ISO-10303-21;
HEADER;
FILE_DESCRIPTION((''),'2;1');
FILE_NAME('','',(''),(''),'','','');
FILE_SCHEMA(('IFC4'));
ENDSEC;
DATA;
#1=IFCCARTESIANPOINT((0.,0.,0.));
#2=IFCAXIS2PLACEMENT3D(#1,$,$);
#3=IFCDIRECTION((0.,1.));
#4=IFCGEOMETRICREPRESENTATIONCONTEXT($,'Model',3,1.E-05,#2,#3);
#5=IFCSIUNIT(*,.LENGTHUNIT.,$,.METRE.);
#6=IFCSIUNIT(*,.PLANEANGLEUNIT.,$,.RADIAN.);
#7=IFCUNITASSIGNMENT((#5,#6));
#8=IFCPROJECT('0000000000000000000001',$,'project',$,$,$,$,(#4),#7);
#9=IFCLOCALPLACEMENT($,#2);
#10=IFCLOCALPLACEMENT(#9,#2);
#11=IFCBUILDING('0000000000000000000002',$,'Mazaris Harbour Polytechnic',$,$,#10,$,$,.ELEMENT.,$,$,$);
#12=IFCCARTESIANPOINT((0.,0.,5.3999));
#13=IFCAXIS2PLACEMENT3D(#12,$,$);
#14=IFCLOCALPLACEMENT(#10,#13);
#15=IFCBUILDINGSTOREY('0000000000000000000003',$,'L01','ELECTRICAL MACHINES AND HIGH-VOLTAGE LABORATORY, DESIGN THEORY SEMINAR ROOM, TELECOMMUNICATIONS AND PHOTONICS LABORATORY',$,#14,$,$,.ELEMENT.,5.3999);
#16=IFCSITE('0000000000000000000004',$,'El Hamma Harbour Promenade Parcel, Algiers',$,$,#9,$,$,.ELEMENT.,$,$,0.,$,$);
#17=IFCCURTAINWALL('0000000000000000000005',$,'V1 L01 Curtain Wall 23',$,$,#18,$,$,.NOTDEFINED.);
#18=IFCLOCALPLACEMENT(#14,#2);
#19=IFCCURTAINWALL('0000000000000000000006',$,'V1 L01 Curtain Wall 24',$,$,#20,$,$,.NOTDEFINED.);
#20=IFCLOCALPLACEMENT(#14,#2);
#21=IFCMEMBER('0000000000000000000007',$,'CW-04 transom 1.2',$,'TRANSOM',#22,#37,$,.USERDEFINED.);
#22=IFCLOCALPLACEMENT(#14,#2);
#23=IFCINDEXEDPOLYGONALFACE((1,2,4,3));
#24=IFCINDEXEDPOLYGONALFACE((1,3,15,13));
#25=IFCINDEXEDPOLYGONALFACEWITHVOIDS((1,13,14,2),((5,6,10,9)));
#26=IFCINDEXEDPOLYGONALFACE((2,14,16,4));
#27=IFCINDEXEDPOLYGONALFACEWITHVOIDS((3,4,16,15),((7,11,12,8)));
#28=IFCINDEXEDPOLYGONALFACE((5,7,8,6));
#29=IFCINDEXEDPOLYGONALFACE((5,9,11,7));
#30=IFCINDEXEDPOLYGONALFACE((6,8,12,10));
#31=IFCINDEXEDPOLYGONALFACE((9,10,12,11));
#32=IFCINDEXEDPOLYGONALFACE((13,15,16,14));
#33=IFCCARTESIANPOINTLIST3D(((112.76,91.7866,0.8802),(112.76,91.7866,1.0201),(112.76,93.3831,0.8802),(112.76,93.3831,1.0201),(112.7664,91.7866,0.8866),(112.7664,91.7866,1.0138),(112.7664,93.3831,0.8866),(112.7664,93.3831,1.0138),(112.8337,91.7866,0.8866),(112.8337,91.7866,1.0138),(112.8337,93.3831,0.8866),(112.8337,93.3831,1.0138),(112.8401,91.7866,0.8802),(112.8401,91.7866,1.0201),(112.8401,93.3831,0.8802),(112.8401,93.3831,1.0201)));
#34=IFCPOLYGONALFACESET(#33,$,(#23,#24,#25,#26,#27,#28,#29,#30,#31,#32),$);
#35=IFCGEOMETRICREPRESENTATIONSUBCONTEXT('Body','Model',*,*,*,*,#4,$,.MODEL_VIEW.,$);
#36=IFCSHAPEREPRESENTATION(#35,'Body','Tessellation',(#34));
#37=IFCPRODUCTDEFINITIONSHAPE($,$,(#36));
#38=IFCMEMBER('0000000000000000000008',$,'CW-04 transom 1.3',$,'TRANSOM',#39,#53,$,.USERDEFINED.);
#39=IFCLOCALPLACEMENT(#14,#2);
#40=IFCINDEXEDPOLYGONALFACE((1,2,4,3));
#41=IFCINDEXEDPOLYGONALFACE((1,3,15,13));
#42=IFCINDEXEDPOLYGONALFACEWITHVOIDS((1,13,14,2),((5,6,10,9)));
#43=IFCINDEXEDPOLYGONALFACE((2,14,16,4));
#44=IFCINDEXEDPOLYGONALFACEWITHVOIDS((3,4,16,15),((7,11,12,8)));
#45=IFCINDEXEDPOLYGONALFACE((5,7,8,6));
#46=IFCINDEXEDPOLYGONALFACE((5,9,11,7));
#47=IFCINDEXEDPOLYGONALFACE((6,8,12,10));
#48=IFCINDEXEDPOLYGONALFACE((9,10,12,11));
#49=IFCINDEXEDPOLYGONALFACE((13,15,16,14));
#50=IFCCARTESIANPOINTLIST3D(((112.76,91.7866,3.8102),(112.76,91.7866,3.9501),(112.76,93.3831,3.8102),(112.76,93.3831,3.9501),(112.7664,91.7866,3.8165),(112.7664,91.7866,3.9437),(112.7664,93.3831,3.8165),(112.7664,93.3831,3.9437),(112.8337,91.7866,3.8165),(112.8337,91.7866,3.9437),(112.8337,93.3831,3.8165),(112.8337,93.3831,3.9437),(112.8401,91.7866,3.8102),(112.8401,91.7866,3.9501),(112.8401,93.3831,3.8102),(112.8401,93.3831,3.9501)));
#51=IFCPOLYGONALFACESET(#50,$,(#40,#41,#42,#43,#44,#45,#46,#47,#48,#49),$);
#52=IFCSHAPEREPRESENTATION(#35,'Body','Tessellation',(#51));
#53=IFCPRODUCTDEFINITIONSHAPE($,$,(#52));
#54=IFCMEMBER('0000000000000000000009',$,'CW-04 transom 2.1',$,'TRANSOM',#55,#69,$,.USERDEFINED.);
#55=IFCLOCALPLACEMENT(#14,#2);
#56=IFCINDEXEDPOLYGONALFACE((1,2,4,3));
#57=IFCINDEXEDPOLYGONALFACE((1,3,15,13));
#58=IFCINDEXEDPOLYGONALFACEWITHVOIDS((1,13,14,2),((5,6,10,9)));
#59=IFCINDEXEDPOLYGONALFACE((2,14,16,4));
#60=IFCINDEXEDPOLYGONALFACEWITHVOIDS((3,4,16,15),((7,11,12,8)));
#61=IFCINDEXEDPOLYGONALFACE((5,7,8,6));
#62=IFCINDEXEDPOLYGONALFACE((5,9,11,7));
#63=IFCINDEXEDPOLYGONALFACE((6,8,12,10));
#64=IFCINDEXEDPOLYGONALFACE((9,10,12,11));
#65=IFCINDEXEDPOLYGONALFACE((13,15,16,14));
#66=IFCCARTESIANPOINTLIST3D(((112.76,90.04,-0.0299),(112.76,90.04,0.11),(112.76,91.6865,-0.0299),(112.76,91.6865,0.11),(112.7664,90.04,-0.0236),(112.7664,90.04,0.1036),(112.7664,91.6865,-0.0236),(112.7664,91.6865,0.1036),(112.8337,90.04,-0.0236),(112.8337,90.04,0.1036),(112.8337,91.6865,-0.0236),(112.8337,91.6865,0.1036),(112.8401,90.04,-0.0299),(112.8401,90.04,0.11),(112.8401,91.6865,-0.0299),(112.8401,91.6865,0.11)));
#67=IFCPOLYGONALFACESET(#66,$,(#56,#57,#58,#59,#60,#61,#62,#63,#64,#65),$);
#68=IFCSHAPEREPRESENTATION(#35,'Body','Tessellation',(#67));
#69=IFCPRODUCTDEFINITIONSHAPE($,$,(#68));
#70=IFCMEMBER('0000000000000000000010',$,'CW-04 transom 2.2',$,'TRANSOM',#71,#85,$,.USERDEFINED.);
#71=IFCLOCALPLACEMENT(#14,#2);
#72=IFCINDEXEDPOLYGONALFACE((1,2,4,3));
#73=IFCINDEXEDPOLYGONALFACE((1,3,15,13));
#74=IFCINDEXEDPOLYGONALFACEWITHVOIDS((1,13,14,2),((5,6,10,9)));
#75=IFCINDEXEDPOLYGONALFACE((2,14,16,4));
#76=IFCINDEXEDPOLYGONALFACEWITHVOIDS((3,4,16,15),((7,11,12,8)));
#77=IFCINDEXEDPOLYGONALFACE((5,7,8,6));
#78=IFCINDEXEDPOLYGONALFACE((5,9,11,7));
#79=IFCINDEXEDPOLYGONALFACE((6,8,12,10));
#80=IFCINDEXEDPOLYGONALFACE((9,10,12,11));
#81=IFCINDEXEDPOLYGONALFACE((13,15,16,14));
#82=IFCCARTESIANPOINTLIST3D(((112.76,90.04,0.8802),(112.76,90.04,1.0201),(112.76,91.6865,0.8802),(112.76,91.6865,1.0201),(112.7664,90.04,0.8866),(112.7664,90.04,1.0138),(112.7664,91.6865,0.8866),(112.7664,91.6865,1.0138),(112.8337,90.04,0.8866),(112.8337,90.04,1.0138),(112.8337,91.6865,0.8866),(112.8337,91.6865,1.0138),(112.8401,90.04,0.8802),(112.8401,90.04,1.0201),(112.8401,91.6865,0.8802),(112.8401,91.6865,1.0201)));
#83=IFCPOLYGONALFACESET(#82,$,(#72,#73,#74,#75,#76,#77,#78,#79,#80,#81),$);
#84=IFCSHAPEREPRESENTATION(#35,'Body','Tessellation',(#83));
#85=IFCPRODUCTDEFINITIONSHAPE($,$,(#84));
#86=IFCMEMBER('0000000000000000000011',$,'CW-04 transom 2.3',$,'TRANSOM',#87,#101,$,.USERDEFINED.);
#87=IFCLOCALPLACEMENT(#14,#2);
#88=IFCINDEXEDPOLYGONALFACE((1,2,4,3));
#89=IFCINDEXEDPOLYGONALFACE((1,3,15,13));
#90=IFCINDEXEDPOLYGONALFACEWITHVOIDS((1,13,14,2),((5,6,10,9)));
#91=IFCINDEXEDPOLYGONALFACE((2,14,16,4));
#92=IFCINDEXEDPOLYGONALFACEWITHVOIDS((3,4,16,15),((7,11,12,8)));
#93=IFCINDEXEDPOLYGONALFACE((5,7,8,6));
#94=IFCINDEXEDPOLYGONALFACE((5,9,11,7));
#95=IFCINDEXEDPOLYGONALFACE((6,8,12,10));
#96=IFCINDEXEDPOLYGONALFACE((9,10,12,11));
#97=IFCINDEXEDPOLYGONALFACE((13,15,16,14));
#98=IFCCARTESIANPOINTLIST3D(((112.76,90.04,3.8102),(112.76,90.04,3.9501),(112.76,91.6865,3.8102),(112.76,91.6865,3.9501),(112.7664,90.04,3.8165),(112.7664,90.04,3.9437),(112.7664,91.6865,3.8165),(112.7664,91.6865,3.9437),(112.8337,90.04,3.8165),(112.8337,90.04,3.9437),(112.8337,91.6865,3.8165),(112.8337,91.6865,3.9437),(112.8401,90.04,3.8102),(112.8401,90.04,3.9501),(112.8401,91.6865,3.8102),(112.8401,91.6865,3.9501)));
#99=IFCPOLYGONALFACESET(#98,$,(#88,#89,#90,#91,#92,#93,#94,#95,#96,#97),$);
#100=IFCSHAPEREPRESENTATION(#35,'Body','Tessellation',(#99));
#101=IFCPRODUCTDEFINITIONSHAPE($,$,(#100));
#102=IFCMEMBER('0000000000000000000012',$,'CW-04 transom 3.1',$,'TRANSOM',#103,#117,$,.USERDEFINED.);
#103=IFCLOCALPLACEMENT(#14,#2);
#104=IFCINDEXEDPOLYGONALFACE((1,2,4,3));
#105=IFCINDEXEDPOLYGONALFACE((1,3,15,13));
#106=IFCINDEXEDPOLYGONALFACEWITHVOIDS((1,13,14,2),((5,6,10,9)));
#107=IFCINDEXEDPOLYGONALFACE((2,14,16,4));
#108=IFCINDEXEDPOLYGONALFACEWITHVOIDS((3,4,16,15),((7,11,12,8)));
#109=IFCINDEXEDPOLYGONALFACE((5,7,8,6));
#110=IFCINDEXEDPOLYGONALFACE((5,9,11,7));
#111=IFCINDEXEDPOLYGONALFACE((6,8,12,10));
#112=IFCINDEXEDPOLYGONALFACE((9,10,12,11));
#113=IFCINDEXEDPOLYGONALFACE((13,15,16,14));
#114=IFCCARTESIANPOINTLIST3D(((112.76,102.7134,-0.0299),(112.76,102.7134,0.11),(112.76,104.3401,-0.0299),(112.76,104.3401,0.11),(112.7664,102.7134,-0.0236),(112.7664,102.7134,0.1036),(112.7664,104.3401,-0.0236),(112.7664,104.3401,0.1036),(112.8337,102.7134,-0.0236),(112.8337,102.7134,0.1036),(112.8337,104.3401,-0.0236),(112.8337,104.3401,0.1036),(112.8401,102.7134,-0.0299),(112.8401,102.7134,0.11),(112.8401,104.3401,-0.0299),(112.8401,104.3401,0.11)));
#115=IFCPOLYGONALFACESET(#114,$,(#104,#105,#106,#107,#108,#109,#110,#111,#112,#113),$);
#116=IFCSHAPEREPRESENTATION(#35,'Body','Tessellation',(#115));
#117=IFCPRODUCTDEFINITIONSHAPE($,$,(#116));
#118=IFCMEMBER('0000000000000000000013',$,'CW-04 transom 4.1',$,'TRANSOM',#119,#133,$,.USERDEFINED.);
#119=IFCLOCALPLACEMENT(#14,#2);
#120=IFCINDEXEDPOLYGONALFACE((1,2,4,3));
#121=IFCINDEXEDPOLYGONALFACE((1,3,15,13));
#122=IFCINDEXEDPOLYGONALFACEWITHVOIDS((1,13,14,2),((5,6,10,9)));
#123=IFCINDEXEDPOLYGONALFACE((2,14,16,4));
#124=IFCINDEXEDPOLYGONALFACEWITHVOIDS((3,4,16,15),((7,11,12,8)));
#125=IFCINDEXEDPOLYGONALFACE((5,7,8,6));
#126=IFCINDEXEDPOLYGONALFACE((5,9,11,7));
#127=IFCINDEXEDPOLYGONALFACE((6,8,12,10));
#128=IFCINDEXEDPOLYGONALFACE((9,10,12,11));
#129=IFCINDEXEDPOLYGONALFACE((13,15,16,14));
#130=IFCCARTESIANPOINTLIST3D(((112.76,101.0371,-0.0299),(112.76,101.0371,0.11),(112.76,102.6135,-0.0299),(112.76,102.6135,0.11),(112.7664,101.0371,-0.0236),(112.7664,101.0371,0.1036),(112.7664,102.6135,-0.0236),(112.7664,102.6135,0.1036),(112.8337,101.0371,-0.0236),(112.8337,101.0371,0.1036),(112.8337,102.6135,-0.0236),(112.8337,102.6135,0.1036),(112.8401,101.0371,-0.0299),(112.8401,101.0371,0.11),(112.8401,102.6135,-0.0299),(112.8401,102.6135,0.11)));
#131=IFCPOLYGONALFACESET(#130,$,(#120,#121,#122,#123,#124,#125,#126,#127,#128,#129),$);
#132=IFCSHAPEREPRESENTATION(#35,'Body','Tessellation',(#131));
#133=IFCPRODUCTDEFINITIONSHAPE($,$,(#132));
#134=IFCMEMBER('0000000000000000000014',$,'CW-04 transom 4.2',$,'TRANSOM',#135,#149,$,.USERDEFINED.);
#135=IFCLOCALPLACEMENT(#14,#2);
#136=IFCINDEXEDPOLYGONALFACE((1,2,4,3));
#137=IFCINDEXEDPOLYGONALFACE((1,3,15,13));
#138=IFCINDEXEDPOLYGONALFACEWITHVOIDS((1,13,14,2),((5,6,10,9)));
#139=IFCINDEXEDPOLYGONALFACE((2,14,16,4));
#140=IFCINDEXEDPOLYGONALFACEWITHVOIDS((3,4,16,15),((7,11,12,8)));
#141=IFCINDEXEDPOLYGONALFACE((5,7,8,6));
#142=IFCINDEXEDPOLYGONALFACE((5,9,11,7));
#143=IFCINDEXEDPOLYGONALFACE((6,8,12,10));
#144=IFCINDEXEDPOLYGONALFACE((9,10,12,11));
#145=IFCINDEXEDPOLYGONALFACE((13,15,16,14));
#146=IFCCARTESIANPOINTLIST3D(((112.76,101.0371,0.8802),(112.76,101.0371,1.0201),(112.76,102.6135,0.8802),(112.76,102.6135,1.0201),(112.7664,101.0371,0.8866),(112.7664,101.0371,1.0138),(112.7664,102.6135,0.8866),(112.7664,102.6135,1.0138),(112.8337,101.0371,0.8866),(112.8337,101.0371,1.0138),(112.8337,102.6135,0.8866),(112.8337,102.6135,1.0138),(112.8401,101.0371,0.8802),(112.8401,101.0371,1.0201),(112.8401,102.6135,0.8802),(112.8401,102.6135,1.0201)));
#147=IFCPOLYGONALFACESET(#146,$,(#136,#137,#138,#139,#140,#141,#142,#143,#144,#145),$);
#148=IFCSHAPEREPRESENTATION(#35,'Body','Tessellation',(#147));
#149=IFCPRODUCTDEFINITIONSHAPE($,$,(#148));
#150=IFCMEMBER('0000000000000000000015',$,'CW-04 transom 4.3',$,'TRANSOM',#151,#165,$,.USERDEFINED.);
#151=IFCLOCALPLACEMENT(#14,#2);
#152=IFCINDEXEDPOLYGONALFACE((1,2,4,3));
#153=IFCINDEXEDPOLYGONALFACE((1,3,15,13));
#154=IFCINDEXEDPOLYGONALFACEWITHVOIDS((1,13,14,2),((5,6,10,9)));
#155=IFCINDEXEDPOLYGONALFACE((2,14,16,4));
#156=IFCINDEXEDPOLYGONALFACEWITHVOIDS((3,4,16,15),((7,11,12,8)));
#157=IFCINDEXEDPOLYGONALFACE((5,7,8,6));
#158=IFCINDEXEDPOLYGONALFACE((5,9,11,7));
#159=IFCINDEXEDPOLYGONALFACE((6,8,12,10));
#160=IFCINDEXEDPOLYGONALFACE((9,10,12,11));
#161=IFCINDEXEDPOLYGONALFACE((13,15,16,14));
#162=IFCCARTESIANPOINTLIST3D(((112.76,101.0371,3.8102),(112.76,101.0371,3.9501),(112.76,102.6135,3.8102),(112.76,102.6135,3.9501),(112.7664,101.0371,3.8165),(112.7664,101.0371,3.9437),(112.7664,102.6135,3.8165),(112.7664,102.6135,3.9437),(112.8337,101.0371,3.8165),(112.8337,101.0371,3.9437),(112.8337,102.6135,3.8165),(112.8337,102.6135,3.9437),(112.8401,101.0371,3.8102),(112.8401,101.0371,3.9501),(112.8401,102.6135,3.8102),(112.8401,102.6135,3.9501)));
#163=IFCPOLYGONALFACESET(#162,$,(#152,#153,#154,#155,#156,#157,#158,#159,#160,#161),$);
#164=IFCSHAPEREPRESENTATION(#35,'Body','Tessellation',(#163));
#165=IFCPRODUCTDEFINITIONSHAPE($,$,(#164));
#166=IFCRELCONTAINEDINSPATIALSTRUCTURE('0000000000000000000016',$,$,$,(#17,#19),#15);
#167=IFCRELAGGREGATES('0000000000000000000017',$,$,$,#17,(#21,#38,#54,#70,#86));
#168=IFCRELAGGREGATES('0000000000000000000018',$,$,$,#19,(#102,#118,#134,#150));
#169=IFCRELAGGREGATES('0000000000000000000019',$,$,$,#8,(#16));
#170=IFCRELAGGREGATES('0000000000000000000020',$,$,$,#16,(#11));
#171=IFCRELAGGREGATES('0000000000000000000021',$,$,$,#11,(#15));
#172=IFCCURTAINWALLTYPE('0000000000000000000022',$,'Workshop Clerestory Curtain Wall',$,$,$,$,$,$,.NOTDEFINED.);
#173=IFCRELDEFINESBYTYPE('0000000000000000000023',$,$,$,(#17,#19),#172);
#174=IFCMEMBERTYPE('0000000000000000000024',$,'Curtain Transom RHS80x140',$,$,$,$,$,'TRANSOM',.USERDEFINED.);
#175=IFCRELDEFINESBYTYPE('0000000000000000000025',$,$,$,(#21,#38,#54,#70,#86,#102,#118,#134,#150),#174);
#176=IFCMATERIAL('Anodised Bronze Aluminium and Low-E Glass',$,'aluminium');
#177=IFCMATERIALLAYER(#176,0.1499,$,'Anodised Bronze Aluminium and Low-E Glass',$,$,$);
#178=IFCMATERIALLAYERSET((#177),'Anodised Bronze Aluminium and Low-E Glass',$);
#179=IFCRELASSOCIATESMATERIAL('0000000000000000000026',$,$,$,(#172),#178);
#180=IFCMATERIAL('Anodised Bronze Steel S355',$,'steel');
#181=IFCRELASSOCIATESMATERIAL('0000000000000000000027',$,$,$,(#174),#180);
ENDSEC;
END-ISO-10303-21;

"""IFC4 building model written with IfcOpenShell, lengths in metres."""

from ifc_helpers import new_model, si_unit, direction, frame, origin, origin_2d, place, context, subcontext, project, spatial, hollow_rectangle, extrude, material, layer, layer_set, material_profile, profile_set, type_object, element, aggregate, save


model = new_model("IFC4")

# Units and contexts
model_context = context("Model", 3, precision=1e-05, world=origin(), true_north=direction((0.0, 1.0)))
body_context = subcontext(model_context, "Body", "Model", "MODEL_VIEW")
ifc_project = project(units=[si_unit("LENGTHUNIT", "METRE"), si_unit("PLANEANGLEUNIT", "RADIAN")], contexts=[model_context])

# Site, building, storey
site_placement = place(None, origin())
site = spatial("IfcSite", under=ifc_project, at=site_placement, Name="El Hamma Harbour Promenade Parcel, Algiers", CompositionType="ELEMENT", RefElevation=0.0)
building_placement = place(site_placement, origin())
building = spatial("IfcBuilding", under=site, at=building_placement, Name="Mazaris Harbour Polytechnic", CompositionType="ELEMENT")
storey_placement = place(building_placement, frame((0.0, 0.0, 5.3999)))
storey = spatial("IfcBuildingStorey", under=building, at=storey_placement, Name="L01", Description="ELECTRICAL MACHINES AND HIGH-VOLTAGE LABORATORY, DESIGN THEORY SEMINAR ROOM, TELECOMMUNICATIONS AND PHOTONICS LABORATORY", CompositionType="ELEMENT", Elevation=5.3999)

# Curtain walls
ifc_material_1 = material(Name="Anodised Bronze Aluminium and Low-E Glass", Category="aluminium")
ifc_layer_1 = layer(ifc_material_1, 0.1499, Name="Anodised Bronze Aluminium and Low-E Glass")
ifc_layer_set_1 = layer_set([ifc_layer_1], Name="Anodised Bronze Aluminium and Low-E Glass")
curtain_wall_type = type_object("IfcCurtainWallType", Name="Workshop Clerestory Curtain Wall", PredefinedType="NOTDEFINED", material=ifc_layer_set_1)
curtain_wall_1_placement = place(storey_placement, origin())
curtain_wall_1 = element("IfcCurtainWall", 1, at=curtain_wall_1_placement, inside=storey, type_object=curtain_wall_type, Name="V1 L01 Curtain Wall 23", PredefinedType="NOTDEFINED")
curtain_wall_2_placement = place(storey_placement, origin())
curtain_wall_2 = element("IfcCurtainWall", 2, at=curtain_wall_2_placement, inside=storey, type_object=curtain_wall_type, Name="V1 L01 Curtain Wall 24", PredefinedType="NOTDEFINED")

# Members
ifc_material_2 = material(Name="Anodised Bronze Steel S355", Category="steel")
ifc_material_profile_1 = material_profile(ifc_material_2, hollow_rectangle(XDim=0.0801, YDim=0.1399, WallThickness=0.0063, at=origin_2d()), Name="RHS 80x140x6.3")
ifc_profile_set_1 = profile_set([ifc_material_profile_1], Name="Anodised Bronze Steel S355")
member_type_1 = type_object("IfcMemberType", Name="Curtain Transom RHS80x140", ElementType="TRANSOM", PredefinedType="USERDEFINED", material=ifc_profile_set_1)
member_1_placement = place(storey_placement, frame((112.8, 93.3831, 0.9502), z_axis=(0.0, -1.0, 0.0), x_axis=(1.0, 0.0, 0.0)))
member_1 = element("IfcMember", 3, at=member_1_placement, type_object=member_type_1, Name="CW-04 transom 1.2", ObjectType="TRANSOM", PredefinedType="USERDEFINED", context=body_context, shape_type="SweptSolid", body=[
    extrude(hollow_rectangle(XDim=0.0801, YDim=0.1399, WallThickness=0.0063, at=origin_2d()), origin(), (0.0, 0.0, 1.0), 1.5964),
])
member_2_placement = place(storey_placement, frame((112.8, 93.3831, 3.8801), z_axis=(0.0, -1.0, 0.0), x_axis=(1.0, 0.0, 0.0)))
member_2 = element("IfcMember", 4, at=member_2_placement, type_object=member_type_1, Name="CW-04 transom 1.3", ObjectType="TRANSOM", PredefinedType="USERDEFINED", context=body_context, shape_type="SweptSolid", body=[
    extrude(hollow_rectangle(XDim=0.0801, YDim=0.1399, WallThickness=0.0063, at=origin_2d()), origin(), (0.0, 0.0, 1.0), 1.5964),
])
member_3_placement = place(storey_placement, frame((112.8, 91.6865, 0.04), z_axis=(0.0, -1.0, 0.0), x_axis=(1.0, 0.0, 0.0)))
member_3 = element("IfcMember", 5, at=member_3_placement, type_object=member_type_1, Name="CW-04 transom 2.1", ObjectType="TRANSOM", PredefinedType="USERDEFINED", context=body_context, shape_type="SweptSolid", body=[
    extrude(hollow_rectangle(XDim=0.0801, YDim=0.1399, WallThickness=0.0063, at=origin_2d()), origin(), (0.0, 0.0, 1.0), 1.6465),
])
member_4_placement = place(storey_placement, frame((112.8, 91.6865, 0.9502), z_axis=(0.0, -1.0, 0.0), x_axis=(1.0, 0.0, 0.0)))
member_4 = element("IfcMember", 6, at=member_4_placement, type_object=member_type_1, Name="CW-04 transom 2.2", ObjectType="TRANSOM", PredefinedType="USERDEFINED", context=body_context, shape_type="SweptSolid", body=[
    extrude(hollow_rectangle(XDim=0.0801, YDim=0.1399, WallThickness=0.0063, at=origin_2d()), origin(), (0.0, 0.0, 1.0), 1.6465),
])
member_5_placement = place(storey_placement, frame((112.8, 91.6865, 3.8801), z_axis=(0.0, -1.0, 0.0), x_axis=(1.0, 0.0, 0.0)))
member_5 = element("IfcMember", 7, at=member_5_placement, type_object=member_type_1, Name="CW-04 transom 2.3", ObjectType="TRANSOM", PredefinedType="USERDEFINED", context=body_context, shape_type="SweptSolid", body=[
    extrude(hollow_rectangle(XDim=0.0801, YDim=0.1399, WallThickness=0.0063, at=origin_2d()), origin(), (0.0, 0.0, 1.0), 1.6465),
])
member_6_placement = place(storey_placement, frame((112.8, 104.3401, 0.04), z_axis=(0.0, -1.0, 0.0), x_axis=(1.0, 0.0, 0.0)))
member_6 = element("IfcMember", 8, at=member_6_placement, type_object=member_type_1, Name="CW-04 transom 3.1", ObjectType="TRANSOM", PredefinedType="USERDEFINED", context=body_context, shape_type="SweptSolid", body=[
    extrude(hollow_rectangle(XDim=0.0801, YDim=0.1399, WallThickness=0.0063, at=origin_2d()), origin(), (0.0, 0.0, 1.0), 1.6267),
])
member_7_placement = place(storey_placement, frame((112.8, 102.6135, 0.04), z_axis=(0.0, -1.0, 0.0), x_axis=(1.0, 0.0, 0.0)))
member_7 = element("IfcMember", 9, at=member_7_placement, type_object=member_type_1, Name="CW-04 transom 4.1", ObjectType="TRANSOM", PredefinedType="USERDEFINED", context=body_context, shape_type="SweptSolid", body=[
    extrude(hollow_rectangle(XDim=0.0801, YDim=0.1399, WallThickness=0.0063, at=origin_2d()), origin(), (0.0, 0.0, 1.0), 1.5764),
])
member_8_placement = place(storey_placement, frame((112.8, 102.6135, 0.9502), z_axis=(0.0, -1.0, 0.0), x_axis=(1.0, 0.0, 0.0)))
member_8 = element("IfcMember", 10, at=member_8_placement, type_object=member_type_1, Name="CW-04 transom 4.2", ObjectType="TRANSOM", PredefinedType="USERDEFINED", context=body_context, shape_type="SweptSolid", body=[
    extrude(hollow_rectangle(XDim=0.0801, YDim=0.1399, WallThickness=0.0063, at=origin_2d()), origin(), (0.0, 0.0, 1.0), 1.5764),
])
member_9_placement = place(storey_placement, frame((112.8, 102.6135, 3.8801), z_axis=(0.0, -1.0, 0.0), x_axis=(1.0, 0.0, 0.0)))
member_9 = element("IfcMember", 11, at=member_9_placement, type_object=member_type_1, Name="CW-04 transom 4.3", ObjectType="TRANSOM", PredefinedType="USERDEFINED", context=body_context, shape_type="SweptSolid", body=[
    extrude(hollow_rectangle(XDim=0.0801, YDim=0.1399, WallThickness=0.0063, at=origin_2d()), origin(), (0.0, 0.0, 1.0), 1.5764),
])

aggregate(curtain_wall_1, [member_1, member_2, member_3, member_4, member_5])
aggregate(curtain_wall_2, [member_6, member_7, member_8, member_9])

save(model, "model.ifc")
